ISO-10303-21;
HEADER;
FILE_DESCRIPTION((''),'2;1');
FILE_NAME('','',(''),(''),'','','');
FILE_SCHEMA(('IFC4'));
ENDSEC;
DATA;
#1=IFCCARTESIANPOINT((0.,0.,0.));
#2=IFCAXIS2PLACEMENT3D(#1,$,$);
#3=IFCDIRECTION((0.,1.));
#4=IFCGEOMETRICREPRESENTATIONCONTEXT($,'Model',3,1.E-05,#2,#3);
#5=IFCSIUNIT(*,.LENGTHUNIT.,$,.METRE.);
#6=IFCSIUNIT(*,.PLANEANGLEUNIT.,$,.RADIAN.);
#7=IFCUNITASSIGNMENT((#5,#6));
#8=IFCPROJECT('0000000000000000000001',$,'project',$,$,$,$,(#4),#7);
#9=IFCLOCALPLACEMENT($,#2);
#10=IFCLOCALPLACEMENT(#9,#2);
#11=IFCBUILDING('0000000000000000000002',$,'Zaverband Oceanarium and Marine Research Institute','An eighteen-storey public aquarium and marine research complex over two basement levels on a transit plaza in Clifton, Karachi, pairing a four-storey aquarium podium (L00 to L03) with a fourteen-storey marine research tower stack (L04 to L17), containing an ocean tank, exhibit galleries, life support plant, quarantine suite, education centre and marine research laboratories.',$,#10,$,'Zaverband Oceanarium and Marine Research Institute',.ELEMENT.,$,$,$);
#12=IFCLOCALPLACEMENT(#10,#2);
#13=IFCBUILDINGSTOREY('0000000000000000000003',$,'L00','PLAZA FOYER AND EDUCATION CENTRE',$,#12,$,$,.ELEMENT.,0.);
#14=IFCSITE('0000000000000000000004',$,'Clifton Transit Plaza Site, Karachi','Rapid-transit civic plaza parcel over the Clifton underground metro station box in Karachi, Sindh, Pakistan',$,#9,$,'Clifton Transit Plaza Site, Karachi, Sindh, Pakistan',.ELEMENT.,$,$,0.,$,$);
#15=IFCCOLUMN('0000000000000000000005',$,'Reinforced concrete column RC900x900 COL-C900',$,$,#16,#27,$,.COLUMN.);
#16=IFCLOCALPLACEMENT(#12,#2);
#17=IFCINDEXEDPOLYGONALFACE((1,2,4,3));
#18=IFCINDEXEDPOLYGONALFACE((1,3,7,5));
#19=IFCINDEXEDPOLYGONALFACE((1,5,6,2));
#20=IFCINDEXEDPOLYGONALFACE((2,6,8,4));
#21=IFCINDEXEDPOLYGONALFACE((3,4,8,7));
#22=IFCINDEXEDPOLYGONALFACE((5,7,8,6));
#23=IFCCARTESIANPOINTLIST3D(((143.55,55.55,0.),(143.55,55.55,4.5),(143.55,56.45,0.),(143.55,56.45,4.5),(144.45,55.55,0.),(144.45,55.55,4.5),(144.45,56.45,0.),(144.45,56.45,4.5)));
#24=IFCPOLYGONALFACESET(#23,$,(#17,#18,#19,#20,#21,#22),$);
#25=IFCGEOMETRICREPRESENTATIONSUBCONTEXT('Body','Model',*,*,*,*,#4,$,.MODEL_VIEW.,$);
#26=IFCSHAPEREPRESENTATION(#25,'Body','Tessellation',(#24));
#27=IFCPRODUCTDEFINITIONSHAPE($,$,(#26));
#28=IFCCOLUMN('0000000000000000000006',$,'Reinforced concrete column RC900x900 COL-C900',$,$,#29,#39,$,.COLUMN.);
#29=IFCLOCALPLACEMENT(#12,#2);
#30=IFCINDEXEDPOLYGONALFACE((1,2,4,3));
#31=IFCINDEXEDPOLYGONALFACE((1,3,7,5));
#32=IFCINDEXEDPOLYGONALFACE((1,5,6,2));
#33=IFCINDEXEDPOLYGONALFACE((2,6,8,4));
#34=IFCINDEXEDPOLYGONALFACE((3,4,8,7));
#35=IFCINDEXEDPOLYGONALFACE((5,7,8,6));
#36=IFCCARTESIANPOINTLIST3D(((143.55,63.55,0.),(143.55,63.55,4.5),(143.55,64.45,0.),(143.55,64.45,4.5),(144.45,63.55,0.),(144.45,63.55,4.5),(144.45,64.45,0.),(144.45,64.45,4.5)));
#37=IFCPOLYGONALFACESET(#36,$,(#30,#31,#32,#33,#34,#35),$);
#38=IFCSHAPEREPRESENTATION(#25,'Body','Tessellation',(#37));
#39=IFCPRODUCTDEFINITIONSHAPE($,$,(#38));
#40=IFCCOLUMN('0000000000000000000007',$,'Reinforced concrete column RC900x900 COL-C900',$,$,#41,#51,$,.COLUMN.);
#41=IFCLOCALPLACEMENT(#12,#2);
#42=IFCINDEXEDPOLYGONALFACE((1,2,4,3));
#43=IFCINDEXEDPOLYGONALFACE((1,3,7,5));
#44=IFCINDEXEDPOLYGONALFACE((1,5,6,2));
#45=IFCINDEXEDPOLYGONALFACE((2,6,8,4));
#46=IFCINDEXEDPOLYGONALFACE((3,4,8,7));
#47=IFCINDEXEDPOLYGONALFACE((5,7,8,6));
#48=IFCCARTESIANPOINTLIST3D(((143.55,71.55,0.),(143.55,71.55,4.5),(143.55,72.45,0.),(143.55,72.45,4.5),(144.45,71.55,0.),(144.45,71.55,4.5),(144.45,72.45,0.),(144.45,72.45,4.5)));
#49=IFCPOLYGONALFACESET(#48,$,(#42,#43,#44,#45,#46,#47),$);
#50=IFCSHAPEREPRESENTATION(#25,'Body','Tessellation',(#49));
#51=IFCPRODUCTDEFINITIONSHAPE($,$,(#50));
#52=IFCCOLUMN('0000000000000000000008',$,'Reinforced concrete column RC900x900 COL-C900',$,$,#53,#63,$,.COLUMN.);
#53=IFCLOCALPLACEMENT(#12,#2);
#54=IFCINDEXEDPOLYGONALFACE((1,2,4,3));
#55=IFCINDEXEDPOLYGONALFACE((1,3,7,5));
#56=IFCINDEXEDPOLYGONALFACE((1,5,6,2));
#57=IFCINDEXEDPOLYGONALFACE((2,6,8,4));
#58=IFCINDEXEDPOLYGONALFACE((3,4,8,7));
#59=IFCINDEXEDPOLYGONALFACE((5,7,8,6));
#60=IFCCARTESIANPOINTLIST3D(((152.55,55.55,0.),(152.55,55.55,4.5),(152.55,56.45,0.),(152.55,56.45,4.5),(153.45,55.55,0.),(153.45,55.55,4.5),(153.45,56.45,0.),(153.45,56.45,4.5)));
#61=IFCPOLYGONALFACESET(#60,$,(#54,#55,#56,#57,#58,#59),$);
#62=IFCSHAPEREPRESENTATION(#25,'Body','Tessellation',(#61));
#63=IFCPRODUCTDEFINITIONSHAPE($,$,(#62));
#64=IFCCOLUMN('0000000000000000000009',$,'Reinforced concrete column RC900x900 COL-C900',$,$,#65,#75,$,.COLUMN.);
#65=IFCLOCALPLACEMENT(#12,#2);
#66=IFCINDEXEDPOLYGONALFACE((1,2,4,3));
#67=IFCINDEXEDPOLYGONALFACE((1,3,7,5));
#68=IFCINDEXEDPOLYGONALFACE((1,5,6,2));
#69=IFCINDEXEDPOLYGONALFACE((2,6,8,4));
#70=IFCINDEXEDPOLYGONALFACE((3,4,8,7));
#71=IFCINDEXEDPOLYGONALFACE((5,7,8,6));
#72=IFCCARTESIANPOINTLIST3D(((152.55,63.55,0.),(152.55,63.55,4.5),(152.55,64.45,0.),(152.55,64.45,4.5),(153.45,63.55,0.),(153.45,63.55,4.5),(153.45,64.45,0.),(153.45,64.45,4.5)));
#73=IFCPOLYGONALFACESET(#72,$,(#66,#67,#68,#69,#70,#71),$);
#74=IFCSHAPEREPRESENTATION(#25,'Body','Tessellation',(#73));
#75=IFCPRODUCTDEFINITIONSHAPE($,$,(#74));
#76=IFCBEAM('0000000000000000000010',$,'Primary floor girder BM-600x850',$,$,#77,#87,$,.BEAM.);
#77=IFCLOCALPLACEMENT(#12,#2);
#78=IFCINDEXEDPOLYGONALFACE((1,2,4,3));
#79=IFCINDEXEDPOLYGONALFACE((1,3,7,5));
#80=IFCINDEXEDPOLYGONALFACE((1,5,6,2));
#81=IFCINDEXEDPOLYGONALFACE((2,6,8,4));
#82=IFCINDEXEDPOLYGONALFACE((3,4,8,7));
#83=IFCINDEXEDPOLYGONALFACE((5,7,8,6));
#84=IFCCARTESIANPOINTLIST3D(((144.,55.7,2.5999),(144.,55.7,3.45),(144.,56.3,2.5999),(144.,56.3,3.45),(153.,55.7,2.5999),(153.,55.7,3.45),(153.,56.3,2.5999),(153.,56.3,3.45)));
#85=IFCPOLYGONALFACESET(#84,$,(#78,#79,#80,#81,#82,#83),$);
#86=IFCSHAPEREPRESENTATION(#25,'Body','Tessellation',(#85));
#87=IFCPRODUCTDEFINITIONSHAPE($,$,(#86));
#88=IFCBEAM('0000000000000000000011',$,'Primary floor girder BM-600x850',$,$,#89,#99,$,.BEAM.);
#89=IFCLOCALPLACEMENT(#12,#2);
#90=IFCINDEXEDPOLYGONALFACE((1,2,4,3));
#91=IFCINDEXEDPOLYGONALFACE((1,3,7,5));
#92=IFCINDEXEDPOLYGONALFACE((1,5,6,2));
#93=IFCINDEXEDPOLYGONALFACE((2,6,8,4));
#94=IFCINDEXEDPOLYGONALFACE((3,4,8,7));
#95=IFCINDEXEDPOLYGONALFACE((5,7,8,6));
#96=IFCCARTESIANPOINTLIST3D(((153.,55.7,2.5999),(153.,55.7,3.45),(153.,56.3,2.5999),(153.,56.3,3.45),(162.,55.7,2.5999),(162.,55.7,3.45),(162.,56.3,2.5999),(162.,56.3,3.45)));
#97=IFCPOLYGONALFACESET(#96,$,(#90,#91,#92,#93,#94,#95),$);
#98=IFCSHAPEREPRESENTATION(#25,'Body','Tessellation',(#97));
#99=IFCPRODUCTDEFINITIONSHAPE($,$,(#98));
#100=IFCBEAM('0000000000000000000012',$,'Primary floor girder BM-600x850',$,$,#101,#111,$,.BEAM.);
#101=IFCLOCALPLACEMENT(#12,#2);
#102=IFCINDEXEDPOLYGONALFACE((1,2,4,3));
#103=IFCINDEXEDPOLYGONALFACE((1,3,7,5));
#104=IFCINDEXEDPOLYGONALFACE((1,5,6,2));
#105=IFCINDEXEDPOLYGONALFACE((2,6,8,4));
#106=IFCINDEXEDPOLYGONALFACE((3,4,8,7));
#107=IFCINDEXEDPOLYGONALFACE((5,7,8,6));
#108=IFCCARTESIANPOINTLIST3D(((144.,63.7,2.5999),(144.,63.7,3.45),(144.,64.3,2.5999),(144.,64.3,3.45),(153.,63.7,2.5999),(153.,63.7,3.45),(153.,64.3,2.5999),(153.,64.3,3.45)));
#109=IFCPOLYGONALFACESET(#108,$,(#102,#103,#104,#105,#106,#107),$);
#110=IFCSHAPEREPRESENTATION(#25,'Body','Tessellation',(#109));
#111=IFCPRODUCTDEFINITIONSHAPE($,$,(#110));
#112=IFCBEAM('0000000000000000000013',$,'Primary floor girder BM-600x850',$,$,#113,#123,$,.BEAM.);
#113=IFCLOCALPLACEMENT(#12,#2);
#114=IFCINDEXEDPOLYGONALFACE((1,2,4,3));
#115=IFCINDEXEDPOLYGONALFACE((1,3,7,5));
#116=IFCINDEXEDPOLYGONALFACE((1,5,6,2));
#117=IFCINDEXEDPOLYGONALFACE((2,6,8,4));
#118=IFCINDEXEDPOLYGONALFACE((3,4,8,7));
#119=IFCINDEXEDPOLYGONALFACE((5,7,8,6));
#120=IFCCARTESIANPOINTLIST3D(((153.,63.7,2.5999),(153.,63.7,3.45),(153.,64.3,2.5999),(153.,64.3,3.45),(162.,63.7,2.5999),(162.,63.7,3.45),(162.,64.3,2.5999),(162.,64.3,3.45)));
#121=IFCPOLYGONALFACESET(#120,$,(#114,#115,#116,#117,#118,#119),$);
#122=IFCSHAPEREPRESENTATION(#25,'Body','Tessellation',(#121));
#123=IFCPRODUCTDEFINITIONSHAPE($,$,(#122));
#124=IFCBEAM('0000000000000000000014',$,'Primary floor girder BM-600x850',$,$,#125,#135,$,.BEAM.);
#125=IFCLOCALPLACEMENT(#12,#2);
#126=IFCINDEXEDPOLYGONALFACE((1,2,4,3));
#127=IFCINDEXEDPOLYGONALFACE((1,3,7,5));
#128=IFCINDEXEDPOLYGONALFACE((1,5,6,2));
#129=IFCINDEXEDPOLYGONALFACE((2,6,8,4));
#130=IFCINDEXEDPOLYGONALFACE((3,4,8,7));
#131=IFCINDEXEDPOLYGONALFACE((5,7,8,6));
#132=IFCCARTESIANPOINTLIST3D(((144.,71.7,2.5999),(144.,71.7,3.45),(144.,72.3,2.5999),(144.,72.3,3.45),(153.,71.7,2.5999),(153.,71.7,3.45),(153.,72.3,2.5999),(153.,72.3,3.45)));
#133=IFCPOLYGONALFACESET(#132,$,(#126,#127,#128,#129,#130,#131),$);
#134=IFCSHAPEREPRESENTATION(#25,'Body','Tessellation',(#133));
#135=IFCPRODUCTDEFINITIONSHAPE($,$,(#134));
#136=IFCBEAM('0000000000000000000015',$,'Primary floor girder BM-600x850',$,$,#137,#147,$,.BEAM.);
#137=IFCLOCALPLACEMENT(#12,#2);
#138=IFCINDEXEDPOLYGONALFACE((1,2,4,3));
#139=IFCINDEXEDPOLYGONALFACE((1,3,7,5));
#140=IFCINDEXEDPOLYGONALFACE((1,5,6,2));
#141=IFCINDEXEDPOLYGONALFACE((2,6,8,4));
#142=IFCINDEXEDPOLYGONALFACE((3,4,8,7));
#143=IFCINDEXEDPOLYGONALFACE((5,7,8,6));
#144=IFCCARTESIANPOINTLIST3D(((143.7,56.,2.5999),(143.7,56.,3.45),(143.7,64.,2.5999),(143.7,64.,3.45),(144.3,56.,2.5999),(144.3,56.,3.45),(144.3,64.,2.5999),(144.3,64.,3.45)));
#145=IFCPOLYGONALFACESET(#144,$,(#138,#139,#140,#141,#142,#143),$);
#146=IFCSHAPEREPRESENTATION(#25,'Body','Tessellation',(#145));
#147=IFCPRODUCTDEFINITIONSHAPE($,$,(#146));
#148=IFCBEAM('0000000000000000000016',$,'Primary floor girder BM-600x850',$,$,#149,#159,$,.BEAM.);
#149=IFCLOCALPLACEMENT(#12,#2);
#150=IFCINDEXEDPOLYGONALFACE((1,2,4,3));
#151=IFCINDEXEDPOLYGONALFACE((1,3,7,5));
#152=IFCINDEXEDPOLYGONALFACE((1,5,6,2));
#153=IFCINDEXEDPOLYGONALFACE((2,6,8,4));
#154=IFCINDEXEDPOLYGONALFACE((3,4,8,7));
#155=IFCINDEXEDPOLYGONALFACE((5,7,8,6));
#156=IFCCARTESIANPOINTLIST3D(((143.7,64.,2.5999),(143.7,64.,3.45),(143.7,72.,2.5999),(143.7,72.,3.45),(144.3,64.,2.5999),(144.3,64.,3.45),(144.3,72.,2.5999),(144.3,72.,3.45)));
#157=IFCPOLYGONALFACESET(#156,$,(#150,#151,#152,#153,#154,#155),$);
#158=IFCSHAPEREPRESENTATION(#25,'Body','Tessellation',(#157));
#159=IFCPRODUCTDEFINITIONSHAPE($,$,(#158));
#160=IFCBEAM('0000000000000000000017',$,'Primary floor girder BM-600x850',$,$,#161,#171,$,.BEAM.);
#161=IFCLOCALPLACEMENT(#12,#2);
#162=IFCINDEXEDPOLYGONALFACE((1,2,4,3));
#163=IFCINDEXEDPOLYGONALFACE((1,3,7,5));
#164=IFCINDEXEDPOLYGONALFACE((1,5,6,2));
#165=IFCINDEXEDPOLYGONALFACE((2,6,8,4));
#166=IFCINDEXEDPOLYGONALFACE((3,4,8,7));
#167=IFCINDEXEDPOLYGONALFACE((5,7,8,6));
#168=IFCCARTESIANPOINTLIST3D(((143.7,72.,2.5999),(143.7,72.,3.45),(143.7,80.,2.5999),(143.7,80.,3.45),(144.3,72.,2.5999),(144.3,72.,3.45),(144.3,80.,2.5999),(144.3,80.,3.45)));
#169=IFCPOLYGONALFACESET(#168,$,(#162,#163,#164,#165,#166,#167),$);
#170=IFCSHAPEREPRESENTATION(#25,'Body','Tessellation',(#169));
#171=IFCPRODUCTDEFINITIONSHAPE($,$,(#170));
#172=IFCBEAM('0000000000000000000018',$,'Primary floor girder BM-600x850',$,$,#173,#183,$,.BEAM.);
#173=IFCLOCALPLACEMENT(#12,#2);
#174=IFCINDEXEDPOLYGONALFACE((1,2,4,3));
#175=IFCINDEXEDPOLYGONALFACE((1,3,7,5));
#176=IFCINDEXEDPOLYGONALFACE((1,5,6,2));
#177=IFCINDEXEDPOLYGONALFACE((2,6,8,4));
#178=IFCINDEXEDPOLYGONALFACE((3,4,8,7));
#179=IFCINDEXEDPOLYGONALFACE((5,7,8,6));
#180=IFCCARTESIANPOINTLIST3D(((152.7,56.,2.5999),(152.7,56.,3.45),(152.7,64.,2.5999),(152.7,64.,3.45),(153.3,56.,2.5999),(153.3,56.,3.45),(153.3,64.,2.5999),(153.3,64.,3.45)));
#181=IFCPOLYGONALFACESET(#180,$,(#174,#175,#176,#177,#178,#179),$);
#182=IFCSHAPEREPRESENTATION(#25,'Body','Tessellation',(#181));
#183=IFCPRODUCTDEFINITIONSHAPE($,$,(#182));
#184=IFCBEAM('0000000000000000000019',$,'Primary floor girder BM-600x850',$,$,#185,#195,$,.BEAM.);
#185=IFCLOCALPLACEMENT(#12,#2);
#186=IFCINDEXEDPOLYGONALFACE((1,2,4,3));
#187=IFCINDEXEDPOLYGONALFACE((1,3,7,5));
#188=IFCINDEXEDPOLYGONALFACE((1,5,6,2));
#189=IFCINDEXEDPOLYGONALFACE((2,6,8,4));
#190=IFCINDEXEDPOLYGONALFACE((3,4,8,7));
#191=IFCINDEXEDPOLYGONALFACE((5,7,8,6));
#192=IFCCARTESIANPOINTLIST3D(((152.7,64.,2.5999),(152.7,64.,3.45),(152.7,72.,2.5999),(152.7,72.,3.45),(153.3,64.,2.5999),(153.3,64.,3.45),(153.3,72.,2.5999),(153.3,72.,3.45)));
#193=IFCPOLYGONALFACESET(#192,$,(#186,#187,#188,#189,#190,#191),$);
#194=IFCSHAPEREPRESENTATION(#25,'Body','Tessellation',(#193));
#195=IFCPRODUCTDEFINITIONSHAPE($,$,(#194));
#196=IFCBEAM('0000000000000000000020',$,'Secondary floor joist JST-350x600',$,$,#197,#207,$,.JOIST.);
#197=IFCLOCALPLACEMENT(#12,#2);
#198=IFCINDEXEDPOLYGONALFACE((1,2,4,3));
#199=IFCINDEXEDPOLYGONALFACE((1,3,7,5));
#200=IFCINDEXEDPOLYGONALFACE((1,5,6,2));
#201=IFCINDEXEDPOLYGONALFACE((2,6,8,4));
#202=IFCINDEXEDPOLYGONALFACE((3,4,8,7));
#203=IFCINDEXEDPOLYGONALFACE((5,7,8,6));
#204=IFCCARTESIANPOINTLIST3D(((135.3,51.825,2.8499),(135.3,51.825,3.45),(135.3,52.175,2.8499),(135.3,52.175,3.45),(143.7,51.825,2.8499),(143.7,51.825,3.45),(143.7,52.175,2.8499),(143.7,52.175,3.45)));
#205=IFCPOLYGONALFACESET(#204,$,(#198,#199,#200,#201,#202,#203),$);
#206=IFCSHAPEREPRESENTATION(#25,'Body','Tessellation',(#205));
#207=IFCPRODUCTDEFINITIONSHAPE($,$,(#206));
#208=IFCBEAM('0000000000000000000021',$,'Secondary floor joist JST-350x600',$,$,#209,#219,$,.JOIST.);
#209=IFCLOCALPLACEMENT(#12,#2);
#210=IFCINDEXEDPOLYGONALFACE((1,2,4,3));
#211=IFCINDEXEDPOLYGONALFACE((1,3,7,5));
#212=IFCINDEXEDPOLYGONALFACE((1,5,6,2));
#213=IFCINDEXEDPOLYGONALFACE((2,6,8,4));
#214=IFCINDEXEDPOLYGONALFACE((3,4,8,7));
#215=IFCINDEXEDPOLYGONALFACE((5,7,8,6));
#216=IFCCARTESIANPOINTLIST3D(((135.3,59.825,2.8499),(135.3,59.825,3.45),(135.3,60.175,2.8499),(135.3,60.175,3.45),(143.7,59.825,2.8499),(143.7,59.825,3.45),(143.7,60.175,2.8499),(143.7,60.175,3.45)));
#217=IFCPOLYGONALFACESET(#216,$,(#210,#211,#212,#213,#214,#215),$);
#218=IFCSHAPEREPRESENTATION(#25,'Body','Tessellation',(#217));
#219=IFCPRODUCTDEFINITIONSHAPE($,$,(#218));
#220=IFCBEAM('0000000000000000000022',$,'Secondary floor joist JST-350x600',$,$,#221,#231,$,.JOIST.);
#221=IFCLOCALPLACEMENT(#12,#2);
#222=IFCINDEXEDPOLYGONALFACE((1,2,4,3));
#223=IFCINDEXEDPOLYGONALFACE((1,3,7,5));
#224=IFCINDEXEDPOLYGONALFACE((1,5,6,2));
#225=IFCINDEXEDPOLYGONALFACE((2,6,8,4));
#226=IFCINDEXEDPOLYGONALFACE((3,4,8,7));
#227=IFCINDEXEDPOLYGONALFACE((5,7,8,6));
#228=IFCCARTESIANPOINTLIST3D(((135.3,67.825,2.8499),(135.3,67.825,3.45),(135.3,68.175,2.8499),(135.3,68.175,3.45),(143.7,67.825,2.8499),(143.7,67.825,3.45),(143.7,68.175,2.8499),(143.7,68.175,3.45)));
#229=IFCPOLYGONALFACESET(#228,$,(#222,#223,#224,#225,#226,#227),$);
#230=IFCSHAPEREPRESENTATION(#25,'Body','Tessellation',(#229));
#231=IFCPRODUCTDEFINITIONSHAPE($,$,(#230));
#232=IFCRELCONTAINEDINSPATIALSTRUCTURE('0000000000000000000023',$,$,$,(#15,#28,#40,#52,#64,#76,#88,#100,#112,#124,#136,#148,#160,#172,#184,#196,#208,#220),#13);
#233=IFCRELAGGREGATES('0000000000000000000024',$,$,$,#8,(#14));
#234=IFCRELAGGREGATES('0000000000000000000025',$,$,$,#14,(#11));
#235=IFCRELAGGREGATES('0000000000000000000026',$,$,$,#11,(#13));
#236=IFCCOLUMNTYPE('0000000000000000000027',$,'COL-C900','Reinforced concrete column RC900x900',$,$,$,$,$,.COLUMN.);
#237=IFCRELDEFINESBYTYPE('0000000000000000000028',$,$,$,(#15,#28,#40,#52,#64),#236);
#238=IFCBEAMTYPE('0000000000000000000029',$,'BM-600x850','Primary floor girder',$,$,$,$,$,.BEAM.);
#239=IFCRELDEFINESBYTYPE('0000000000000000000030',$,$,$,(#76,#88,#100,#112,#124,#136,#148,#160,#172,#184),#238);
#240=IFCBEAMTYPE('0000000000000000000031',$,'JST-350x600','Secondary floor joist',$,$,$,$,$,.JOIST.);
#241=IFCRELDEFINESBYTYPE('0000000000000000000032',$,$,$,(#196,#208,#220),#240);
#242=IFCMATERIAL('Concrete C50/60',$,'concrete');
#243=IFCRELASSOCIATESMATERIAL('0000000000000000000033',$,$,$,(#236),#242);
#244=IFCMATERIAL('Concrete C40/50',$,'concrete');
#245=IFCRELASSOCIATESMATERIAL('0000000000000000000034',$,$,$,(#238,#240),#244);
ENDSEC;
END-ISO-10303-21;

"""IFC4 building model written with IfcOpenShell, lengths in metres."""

from ifc_helpers import new_model, si_unit, direction, frame, origin, origin_2d, place, context, subcontext, project, spatial, rectangle, extrude, material, material_profile, profile_set, type_object, element, save


model = new_model("IFC4")

# Units and contexts
model_context = context("Model", 3, precision=1e-05, world=origin(), true_north=direction((0.0, 1.0)))
body_context = subcontext(model_context, "Body", "Model", "MODEL_VIEW")
ifc_project = project(units=[si_unit("LENGTHUNIT", "METRE"), si_unit("PLANEANGLEUNIT", "RADIAN")], contexts=[model_context])

# Site, building, storey
site_placement = place(None, origin())
site = spatial("IfcSite", under=ifc_project, at=site_placement, Name="Clifton Transit Plaza Site, Karachi", Description="Rapid-transit civic plaza parcel over the Clifton underground metro station box in Karachi, Sindh, Pakistan", LongName="Clifton Transit Plaza Site, Karachi, Sindh, Pakistan", CompositionType="ELEMENT", RefElevation=0.0)
building_placement = place(site_placement, origin())
building = spatial("IfcBuilding", under=site, at=building_placement, Name="Zaverband Oceanarium and Marine Research Institute", Description="An eighteen-storey public aquarium and marine research complex over two basement levels on a transit plaza in Clifton, Karachi, pairing a four-storey aquarium podium (L00 to L03) with a fourteen-storey marine research tower stack (L04 to L17), containing an ocean tank, exhibit galleries, life support plant, quarantine suite, education centre and marine research laboratories.", LongName="Zaverband Oceanarium and Marine Research Institute", CompositionType="ELEMENT")
storey_placement = place(building_placement, origin())
storey = spatial("IfcBuildingStorey", under=building, at=storey_placement, Name="L00", Description="PLAZA FOYER AND EDUCATION CENTRE", CompositionType="ELEMENT", Elevation=0.0)

# Columns
ifc_material_1 = material(Name="Concrete C50/60", Category="concrete")
ifc_material_profile_1 = material_profile(ifc_material_1, rectangle(XDim=0.8999, YDim=0.8999, at=origin_2d()), Name="RC900x900")
ifc_profile_set_1 = profile_set([ifc_material_profile_1], Name="Concrete C50/60")
column_type = type_object("IfcColumnType", Name="COL-C900", Description="Reinforced concrete column RC900x900", PredefinedType="COLUMN", material=ifc_profile_set_1)
for number, where, z_axis, x_axis, name in (
    (1, (144.0, 56.0, 0.0), (0.0, 0.0, 1.0), (1.0, 0.0, 0.0), "Reinforced concrete column RC900x900 COL-C900"),
    (2, (144.0, 64.0, 0.0), (0.0, 0.0, 1.0), (1.0, 0.0, 0.0), "Reinforced concrete column RC900x900 COL-C900"),
    (3, (144.0, 72.0, 0.0), (0.0, 0.0, 1.0), (1.0, 0.0, 0.0), "Reinforced concrete column RC900x900 COL-C900"),
    (4, (153.0, 56.0, 0.0), (0.0, 0.0, 1.0), (1.0, 0.0, 0.0), "Reinforced concrete column RC900x900 COL-C900"),
    (5, (153.0, 64.0, 0.0), (0.0, 0.0, 1.0), (1.0, 0.0, 0.0), "Reinforced concrete column RC900x900 COL-C900"),
):
    element("IfcColumn", number, at=place(storey_placement, frame(where, z_axis=z_axis, x_axis=x_axis)), inside=storey, type_object=column_type, Name=name, PredefinedType="COLUMN", context=body_context, shape_type="SweptSolid", body=[
        extrude(rectangle(XDim=0.8999, YDim=0.8999, at=origin_2d()), origin(), (0.0, 0.0, 1.0), 4.5),
    ])

# Beams
ifc_material_2 = material(Name="Concrete C40/50", Category="concrete")
ifc_material_profile_2 = material_profile(ifc_material_2, rectangle(XDim=0.6001, YDim=0.8501, at=origin_2d()), Name="RC600x850")
ifc_profile_set_2 = profile_set([ifc_material_profile_2], Name="Concrete C40/50")
beam_type_1 = type_object("IfcBeamType", Name="BM-600x850", Description="Primary floor girder", PredefinedType="BEAM", material=ifc_profile_set_2)
for number, where, z_axis, x_axis, name in (
    (6, (144.0, 56.0, 3.0249), (1.0, 0.0, 0.0), (0.0, 1.0, 0.0), "Primary floor girder BM-600x850"),
    (7, (153.0, 56.0, 3.0249), (1.0, 0.0, 0.0), (0.0, 1.0, 0.0), "Primary floor girder BM-600x850"),
    (8, (144.0, 64.0, 3.0249), (1.0, 0.0, 0.0), (0.0, 1.0, 0.0), "Primary floor girder BM-600x850"),
    (9, (153.0, 64.0, 3.0249), (1.0, 0.0, 0.0), (0.0, 1.0, 0.0), "Primary floor girder BM-600x850"),
    (10, (144.0, 72.0, 3.0249), (1.0, 0.0, 0.0), (0.0, 1.0, 0.0), "Primary floor girder BM-600x850"),
):
    element("IfcBeam", number, at=place(storey_placement, frame(where, z_axis=z_axis, x_axis=x_axis)), inside=storey, type_object=beam_type_1, Name=name, PredefinedType="BEAM", context=body_context, shape_type="SweptSolid", body=[
        extrude(rectangle(XDim=0.6001, YDim=0.8501, at=origin_2d()), origin(), (0.0, 0.0, 1.0), 9.0),
    ])
for number, where, z_axis, x_axis, name in (
    (11, (144.0, 56.0, 3.0249), (0.0, 1.0, 0.0), (-1.0, 0.0, 0.0), "Primary floor girder BM-600x850"),
    (12, (144.0, 64.0, 3.0249), (0.0, 1.0, 0.0), (-1.0, 0.0, 0.0), "Primary floor girder BM-600x850"),
    (13, (144.0, 72.0, 3.0249), (0.0, 1.0, 0.0), (-1.0, 0.0, 0.0), "Primary floor girder BM-600x850"),
    (14, (153.0, 56.0, 3.0249), (0.0, 1.0, 0.0), (-1.0, 0.0, 0.0), "Primary floor girder BM-600x850"),
    (15, (153.0, 64.0, 3.0249), (0.0, 1.0, 0.0), (-1.0, 0.0, 0.0), "Primary floor girder BM-600x850"),
):
    element("IfcBeam", number, at=place(storey_placement, frame(where, z_axis=z_axis, x_axis=x_axis)), inside=storey, type_object=beam_type_1, Name=name, PredefinedType="BEAM", context=body_context, shape_type="SweptSolid", body=[
        extrude(rectangle(XDim=0.6001, YDim=0.8501, at=origin_2d()), origin(), (0.0, 0.0, 1.0), 8.0),
    ])
ifc_material_profile_3 = material_profile(ifc_material_2, rectangle(XDim=0.3501, YDim=0.6001, at=origin_2d()), Name="RC350x600")
ifc_profile_set_3 = profile_set([ifc_material_profile_3], Name="Concrete C40/50")
beam_type_2 = type_object("IfcBeamType", Name="JST-350x600", Description="Secondary floor joist", PredefinedType="JOIST", material=ifc_profile_set_3)
for number, where, z_axis, x_axis, name in (
    (16, (135.3, 52.0, 3.1499), (1.0, 0.0, 0.0), (0.0, 1.0, 0.0), "Secondary floor joist JST-350x600"),
    (17, (135.3, 60.0, 3.1499), (1.0, 0.0, 0.0), (0.0, 1.0, 0.0), "Secondary floor joist JST-350x600"),
    (18, (135.3, 68.0, 3.1499), (1.0, 0.0, 0.0), (0.0, 1.0, 0.0), "Secondary floor joist JST-350x600"),
):
    element("IfcBeam", number, at=place(storey_placement, frame(where, z_axis=z_axis, x_axis=x_axis)), inside=storey, type_object=beam_type_2, Name=name, PredefinedType="JOIST", context=body_context, shape_type="SweptSolid", body=[
        extrude(rectangle(XDim=0.3501, YDim=0.6001, at=origin_2d()), origin(), (0.0, 0.0, 1.0), 8.3999),
    ])

save(model, "model.ifc")
